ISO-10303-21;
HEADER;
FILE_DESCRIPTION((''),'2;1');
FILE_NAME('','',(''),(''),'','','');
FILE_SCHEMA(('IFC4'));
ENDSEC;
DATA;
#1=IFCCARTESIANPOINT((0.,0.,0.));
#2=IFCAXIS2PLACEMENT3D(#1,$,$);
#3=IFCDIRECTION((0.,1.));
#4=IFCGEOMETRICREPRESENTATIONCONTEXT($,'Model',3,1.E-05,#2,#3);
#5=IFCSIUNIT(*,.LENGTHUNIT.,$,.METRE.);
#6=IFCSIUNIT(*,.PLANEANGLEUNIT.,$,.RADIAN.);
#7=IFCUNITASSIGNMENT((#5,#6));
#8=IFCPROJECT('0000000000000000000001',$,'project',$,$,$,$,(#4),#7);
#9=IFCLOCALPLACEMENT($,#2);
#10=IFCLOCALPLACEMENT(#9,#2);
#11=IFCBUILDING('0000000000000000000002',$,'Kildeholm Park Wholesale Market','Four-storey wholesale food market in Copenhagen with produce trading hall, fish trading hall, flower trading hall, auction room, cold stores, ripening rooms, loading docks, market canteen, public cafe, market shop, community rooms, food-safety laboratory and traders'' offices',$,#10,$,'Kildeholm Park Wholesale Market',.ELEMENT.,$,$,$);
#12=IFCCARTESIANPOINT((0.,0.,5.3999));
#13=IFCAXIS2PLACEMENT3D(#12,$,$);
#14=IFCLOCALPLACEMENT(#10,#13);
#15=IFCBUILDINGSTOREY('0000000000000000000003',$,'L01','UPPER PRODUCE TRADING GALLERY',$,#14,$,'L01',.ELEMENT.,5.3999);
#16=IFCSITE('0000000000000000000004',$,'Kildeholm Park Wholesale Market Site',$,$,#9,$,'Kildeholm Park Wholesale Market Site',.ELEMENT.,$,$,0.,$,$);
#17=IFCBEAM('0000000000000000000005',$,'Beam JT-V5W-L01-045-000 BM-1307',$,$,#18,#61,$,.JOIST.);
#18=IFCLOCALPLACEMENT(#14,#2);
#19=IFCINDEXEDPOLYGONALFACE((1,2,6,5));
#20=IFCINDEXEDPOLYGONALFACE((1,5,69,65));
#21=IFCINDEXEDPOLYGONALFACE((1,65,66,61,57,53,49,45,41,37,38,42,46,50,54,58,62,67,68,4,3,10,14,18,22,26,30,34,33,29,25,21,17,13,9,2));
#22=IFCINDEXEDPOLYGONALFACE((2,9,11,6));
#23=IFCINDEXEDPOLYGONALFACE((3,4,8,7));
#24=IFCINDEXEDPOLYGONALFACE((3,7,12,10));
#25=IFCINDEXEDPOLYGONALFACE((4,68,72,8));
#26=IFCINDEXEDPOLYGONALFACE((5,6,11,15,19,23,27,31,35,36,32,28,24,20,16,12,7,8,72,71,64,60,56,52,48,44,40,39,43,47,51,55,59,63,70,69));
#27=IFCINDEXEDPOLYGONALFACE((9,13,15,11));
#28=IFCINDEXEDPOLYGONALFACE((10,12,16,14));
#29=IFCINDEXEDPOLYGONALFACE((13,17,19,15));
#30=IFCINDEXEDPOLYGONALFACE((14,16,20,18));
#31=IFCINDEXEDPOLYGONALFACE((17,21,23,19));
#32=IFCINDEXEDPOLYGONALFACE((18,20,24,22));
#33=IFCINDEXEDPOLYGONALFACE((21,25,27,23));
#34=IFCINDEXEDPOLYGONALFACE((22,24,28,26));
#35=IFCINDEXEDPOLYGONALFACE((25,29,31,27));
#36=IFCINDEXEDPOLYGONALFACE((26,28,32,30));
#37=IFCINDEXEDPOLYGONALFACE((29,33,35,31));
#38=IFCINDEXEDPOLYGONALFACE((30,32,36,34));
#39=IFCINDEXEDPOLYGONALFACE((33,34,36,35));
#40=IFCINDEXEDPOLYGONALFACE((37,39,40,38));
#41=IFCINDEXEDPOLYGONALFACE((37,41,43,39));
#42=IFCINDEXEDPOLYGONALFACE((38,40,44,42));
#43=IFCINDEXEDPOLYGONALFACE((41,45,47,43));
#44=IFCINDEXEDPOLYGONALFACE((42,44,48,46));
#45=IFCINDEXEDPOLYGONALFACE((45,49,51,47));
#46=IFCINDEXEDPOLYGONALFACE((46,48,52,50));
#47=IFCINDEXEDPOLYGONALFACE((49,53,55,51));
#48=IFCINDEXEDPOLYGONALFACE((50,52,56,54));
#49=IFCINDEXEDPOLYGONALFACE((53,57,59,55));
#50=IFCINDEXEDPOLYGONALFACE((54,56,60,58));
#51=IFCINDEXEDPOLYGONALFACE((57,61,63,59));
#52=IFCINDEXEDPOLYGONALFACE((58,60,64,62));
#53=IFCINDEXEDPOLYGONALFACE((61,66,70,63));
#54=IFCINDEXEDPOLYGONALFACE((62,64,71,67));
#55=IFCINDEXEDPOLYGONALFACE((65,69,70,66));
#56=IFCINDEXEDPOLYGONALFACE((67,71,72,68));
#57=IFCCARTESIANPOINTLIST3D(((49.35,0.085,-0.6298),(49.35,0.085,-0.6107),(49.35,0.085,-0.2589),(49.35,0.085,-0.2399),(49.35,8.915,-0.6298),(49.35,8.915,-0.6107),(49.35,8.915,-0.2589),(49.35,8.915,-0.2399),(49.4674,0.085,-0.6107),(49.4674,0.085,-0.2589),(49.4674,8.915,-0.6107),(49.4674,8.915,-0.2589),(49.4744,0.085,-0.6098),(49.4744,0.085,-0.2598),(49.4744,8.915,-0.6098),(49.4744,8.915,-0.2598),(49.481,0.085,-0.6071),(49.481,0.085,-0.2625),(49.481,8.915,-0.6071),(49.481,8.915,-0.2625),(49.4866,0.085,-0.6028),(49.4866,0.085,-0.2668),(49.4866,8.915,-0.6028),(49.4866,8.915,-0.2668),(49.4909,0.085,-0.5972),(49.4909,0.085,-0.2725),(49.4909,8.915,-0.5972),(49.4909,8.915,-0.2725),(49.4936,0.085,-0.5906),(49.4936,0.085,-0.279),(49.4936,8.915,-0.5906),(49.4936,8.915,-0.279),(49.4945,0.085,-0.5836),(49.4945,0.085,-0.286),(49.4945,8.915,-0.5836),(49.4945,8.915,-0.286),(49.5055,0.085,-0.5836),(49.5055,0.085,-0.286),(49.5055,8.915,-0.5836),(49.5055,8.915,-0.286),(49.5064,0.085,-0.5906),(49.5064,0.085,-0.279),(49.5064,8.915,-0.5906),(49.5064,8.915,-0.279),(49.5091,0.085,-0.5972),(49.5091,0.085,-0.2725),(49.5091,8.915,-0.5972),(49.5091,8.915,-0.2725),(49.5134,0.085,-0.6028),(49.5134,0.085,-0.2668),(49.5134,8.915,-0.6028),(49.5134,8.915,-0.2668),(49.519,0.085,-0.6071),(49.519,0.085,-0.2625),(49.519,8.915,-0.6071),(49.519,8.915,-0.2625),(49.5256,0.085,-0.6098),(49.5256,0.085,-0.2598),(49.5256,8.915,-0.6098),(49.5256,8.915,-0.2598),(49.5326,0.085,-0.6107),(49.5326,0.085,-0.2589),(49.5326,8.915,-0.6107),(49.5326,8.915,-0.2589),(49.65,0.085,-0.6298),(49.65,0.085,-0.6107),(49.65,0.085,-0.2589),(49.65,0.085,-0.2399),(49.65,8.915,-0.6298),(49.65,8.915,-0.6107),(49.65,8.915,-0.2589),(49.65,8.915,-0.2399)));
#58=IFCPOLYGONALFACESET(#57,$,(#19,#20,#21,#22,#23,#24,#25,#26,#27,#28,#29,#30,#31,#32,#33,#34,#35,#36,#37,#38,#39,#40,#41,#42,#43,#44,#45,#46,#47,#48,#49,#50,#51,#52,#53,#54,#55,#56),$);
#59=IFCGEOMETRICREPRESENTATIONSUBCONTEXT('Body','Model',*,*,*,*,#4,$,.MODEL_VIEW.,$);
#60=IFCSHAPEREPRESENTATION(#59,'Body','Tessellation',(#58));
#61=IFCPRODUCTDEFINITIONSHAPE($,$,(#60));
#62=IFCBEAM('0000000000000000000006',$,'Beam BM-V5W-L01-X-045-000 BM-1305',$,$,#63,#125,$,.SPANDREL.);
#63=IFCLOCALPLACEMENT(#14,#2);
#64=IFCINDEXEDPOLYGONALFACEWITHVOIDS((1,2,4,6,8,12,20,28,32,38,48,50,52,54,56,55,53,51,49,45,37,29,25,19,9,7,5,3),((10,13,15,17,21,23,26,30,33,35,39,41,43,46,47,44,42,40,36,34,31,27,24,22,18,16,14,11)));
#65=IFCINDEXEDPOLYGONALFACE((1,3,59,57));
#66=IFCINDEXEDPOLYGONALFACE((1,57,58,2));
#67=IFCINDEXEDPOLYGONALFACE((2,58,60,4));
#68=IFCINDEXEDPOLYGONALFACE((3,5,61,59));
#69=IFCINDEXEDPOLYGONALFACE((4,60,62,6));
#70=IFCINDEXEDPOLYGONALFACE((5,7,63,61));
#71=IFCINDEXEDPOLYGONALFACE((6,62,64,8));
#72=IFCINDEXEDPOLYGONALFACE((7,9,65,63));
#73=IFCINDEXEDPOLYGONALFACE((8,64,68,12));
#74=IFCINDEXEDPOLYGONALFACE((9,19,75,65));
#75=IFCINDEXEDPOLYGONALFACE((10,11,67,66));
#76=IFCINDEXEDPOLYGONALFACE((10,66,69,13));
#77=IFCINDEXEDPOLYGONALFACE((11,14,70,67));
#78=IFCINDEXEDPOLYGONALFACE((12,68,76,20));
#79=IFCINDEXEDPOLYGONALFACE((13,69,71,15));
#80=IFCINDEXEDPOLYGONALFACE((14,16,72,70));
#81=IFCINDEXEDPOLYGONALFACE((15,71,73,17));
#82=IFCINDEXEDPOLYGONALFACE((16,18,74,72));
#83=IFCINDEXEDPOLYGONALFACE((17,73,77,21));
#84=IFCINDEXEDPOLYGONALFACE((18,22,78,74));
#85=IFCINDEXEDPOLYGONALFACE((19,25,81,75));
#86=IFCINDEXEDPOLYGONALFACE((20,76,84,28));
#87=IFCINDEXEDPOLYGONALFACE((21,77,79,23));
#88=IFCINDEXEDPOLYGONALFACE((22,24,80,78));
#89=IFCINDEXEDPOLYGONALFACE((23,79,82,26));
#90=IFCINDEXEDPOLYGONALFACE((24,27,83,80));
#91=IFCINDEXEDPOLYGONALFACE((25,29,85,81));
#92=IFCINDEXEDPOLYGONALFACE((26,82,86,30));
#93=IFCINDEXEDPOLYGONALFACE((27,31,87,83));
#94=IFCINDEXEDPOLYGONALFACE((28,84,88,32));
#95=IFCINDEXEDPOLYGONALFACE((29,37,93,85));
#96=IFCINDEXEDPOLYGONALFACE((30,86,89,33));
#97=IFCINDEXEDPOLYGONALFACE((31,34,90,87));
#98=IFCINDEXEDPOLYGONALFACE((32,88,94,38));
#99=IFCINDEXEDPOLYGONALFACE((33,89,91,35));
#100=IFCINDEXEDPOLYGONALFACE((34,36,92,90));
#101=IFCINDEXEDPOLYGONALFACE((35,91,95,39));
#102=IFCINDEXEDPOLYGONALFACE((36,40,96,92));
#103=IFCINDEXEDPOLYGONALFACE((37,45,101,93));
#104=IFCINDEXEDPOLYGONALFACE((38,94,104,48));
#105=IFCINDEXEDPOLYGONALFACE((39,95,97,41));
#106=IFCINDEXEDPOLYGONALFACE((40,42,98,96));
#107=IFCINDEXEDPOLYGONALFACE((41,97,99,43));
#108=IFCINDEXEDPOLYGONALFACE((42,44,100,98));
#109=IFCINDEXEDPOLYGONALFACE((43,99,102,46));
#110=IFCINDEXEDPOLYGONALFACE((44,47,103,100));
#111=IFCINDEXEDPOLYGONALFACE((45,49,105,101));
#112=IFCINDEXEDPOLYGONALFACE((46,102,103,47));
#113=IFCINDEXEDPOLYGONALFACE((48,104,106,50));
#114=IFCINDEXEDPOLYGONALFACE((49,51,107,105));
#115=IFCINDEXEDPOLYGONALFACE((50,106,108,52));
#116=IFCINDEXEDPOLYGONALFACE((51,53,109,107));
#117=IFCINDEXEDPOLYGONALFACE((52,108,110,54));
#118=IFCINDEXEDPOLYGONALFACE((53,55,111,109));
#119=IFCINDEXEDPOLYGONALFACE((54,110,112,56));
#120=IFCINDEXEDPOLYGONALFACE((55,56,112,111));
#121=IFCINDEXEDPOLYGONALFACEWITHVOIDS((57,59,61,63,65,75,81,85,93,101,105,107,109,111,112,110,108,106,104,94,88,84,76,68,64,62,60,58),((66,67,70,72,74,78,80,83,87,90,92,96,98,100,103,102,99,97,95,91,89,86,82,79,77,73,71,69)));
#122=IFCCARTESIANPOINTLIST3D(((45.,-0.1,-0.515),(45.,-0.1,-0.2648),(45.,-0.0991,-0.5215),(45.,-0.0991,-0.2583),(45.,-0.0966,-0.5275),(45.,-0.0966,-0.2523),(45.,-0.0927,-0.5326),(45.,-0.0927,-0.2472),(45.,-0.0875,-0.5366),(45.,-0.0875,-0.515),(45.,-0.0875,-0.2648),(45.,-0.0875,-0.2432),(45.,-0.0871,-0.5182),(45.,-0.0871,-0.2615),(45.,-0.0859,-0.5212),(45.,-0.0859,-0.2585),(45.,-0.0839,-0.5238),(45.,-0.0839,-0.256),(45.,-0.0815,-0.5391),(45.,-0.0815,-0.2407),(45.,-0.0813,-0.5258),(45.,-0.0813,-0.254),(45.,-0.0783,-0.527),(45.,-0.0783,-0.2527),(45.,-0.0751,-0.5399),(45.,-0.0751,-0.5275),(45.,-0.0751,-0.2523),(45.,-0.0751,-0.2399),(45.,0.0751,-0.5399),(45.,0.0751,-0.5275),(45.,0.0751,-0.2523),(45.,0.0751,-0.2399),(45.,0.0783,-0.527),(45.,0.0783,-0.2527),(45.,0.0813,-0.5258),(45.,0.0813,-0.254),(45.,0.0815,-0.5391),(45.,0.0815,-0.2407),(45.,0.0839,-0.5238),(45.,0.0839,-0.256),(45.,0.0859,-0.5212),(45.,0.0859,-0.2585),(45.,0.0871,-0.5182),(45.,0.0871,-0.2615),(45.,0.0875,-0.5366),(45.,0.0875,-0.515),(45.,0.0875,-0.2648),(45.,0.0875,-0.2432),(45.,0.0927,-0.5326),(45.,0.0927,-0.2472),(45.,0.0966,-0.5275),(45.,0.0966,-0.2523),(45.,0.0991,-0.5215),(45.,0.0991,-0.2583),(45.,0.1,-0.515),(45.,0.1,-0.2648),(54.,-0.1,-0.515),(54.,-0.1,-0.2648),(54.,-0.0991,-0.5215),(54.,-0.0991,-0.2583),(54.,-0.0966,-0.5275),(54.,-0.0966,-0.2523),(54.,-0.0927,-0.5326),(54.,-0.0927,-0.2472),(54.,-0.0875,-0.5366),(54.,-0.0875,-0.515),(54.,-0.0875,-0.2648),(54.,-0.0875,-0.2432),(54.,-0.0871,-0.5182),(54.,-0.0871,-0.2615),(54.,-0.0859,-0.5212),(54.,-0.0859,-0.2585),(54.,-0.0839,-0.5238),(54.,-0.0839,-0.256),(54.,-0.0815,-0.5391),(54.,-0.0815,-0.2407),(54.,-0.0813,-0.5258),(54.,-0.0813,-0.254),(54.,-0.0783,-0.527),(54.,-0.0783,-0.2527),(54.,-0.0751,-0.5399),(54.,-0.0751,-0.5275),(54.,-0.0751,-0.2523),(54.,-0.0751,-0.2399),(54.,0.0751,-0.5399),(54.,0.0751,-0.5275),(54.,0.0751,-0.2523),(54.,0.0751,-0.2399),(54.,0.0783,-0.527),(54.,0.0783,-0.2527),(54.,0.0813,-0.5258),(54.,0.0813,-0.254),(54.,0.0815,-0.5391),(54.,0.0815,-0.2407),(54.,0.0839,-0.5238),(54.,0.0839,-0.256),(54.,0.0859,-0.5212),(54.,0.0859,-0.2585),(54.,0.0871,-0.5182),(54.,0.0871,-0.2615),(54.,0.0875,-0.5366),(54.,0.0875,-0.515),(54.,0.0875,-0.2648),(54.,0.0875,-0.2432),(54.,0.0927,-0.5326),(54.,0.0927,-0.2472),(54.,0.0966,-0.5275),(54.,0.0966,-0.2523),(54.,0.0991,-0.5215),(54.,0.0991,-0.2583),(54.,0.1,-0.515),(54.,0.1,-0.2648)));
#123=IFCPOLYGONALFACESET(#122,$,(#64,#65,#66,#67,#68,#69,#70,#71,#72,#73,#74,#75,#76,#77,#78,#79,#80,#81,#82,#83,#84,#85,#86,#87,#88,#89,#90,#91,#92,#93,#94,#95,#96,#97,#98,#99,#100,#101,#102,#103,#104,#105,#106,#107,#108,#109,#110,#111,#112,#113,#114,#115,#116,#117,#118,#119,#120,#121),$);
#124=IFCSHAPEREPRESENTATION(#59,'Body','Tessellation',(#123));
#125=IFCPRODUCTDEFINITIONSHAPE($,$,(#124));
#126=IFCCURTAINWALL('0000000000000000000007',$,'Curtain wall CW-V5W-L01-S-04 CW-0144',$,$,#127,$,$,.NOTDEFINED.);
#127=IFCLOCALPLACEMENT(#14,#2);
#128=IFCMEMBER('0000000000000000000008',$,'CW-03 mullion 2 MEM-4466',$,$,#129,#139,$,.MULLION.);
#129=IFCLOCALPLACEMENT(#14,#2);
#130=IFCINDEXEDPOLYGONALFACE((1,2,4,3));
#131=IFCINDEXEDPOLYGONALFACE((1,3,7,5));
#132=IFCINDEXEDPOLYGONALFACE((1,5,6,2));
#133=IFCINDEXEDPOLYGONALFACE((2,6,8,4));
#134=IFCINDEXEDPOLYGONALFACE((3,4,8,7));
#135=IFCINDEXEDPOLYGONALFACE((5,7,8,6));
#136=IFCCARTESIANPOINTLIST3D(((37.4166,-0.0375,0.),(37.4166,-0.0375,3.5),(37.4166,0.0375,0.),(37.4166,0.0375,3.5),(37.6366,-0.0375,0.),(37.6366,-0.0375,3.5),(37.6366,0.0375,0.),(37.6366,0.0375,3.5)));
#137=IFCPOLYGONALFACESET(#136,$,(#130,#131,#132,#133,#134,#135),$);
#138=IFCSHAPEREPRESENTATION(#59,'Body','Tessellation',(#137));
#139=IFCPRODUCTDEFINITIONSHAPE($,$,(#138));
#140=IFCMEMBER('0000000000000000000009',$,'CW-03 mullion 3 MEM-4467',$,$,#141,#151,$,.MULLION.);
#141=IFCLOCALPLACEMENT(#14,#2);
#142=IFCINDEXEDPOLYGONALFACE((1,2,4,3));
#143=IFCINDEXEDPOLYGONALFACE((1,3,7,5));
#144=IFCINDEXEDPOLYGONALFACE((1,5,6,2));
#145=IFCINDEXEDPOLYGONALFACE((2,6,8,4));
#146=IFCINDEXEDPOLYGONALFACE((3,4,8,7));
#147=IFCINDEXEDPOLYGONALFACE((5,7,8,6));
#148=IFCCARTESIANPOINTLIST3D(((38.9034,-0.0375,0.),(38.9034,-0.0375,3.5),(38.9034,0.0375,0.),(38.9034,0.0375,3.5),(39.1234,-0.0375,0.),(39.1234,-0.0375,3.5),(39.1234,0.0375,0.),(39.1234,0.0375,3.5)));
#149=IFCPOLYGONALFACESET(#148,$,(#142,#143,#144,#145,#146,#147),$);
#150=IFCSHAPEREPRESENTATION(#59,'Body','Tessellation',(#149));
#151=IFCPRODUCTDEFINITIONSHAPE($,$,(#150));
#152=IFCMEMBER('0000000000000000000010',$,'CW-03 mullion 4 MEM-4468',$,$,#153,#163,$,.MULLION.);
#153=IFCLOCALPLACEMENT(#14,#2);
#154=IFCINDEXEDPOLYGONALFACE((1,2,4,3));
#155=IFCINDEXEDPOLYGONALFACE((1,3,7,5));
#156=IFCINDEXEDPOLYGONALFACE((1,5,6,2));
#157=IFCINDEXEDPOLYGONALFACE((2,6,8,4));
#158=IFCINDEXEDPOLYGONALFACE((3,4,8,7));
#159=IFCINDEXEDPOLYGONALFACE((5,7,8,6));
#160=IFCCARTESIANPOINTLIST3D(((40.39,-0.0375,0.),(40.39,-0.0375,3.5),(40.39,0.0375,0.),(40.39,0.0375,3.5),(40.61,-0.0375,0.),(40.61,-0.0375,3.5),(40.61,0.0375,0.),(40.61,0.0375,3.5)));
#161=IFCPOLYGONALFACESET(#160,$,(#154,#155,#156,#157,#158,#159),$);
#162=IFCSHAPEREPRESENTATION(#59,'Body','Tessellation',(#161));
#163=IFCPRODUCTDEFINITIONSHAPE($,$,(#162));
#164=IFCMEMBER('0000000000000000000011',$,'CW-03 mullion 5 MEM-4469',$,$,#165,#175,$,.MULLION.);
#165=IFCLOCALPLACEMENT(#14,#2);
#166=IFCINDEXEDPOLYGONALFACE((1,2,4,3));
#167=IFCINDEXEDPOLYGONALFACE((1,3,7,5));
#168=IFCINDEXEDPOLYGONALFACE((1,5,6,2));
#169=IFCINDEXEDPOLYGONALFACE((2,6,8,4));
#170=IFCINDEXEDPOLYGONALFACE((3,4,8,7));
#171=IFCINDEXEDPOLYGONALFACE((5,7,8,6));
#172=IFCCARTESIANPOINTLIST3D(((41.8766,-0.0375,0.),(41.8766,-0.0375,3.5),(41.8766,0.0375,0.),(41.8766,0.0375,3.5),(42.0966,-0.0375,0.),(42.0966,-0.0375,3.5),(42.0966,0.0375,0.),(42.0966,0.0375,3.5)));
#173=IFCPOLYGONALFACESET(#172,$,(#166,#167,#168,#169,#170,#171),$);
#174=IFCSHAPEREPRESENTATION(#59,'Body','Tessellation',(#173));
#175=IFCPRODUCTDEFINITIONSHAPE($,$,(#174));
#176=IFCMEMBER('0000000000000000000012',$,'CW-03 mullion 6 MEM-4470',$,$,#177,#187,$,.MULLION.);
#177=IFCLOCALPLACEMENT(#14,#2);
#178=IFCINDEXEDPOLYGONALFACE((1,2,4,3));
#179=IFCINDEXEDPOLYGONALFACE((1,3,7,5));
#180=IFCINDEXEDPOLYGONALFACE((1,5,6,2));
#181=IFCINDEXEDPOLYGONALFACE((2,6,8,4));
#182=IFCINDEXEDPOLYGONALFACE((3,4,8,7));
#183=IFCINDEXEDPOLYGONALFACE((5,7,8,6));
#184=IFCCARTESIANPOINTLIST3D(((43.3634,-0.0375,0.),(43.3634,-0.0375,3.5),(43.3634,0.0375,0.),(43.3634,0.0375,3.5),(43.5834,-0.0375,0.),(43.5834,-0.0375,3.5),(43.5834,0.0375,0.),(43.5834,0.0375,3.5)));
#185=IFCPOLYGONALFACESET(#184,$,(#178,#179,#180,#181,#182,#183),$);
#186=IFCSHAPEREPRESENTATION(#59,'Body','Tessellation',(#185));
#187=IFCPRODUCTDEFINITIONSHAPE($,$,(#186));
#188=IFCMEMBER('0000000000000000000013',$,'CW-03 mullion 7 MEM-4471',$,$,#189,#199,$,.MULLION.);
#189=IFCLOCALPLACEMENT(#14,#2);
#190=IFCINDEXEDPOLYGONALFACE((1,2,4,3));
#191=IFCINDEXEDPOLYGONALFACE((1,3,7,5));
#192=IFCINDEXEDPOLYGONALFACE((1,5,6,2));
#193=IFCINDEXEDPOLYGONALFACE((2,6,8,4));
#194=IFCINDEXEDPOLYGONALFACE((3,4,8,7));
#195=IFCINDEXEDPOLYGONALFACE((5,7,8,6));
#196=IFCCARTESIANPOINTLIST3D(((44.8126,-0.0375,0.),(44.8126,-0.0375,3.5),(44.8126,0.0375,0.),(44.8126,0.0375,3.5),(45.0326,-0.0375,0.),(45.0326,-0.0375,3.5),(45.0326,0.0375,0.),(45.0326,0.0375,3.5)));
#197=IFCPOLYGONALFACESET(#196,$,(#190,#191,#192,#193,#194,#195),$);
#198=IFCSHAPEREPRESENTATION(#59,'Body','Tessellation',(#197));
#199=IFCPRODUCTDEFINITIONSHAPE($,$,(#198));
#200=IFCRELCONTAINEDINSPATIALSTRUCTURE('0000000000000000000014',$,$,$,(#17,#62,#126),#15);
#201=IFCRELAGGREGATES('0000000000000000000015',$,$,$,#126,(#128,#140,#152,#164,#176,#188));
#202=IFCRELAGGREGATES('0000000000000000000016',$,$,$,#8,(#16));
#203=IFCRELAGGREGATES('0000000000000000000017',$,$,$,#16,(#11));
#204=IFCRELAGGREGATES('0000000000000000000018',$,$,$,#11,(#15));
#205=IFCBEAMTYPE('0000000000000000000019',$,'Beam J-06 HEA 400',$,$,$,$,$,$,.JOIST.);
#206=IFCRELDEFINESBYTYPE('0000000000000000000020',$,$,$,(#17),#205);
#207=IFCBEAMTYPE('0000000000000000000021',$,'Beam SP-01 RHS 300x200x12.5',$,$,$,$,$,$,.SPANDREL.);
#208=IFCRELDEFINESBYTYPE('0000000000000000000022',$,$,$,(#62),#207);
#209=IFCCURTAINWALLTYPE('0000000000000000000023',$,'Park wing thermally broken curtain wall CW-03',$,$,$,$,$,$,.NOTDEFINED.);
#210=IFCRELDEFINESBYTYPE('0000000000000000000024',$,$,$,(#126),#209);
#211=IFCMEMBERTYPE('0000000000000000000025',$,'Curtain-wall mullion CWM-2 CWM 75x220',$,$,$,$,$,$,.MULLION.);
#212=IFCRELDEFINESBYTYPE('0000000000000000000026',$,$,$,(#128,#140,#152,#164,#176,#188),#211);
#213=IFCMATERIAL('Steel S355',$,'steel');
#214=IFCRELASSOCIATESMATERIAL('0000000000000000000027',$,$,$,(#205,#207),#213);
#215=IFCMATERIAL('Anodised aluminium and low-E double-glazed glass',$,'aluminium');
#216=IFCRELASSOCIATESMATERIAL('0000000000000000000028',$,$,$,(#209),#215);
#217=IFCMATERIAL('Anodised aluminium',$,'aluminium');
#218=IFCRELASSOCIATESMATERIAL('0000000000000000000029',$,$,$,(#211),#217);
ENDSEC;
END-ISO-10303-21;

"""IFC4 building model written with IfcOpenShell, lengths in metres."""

from ifc_helpers import new_model, si_unit, direction, frame, origin, origin_2d, place, context, subcontext, project, spatial, rectangle, hollow_rectangle, i_section, extrude, material, material_profile, profile_set, type_object, element, aggregate, save


model = new_model("IFC4")

# Units and contexts
model_context = context("Model", 3, precision=1e-05, world=origin(), true_north=direction((0.0, 1.0)))
body_context = subcontext(model_context, "Body", "Model", "MODEL_VIEW")
ifc_project = project(units=[si_unit("LENGTHUNIT", "METRE"), si_unit("PLANEANGLEUNIT", "RADIAN")], contexts=[model_context])

# Site, building, storey
site_placement = place(None, origin())
site = spatial("IfcSite", under=ifc_project, at=site_placement, Name="Kildeholm Park Wholesale Market Site", LongName="Kildeholm Park Wholesale Market Site", CompositionType="ELEMENT", RefElevation=0.0)
building_placement = place(site_placement, origin())
building = spatial("IfcBuilding", under=site, at=building_placement, Name="Kildeholm Park Wholesale Market", Description="Four-storey wholesale food market in Copenhagen with produce trading hall, fish trading hall, flower trading hall, auction room, cold stores, ripening rooms, loading docks, market canteen, public cafe, market shop, community rooms, food-safety laboratory and traders' offices", LongName="Kildeholm Park Wholesale Market", CompositionType="ELEMENT")
storey_placement = place(building_placement, frame((0.0, 0.0, 5.3999)))
storey = spatial("IfcBuildingStorey", under=building, at=storey_placement, Name="L01", Description="UPPER PRODUCE TRADING GALLERY", LongName="L01", CompositionType="ELEMENT", Elevation=5.3999)

# Shared definitions
ifc_material_1 = material(Name="Steel S355", Category="steel")

# Beams
ifc_material_profile_1 = material_profile(ifc_material_1, i_section(OverallWidth=0.3, OverallDepth=0.3899, WebThickness=0.011, FlangeThickness=0.019, FilletRadius=0.0271, at=origin_2d()), Name="HEA 400")
ifc_profile_set_1 = profile_set([ifc_material_profile_1], Name="Steel S355")
beam_type_1 = type_object("IfcBeamType", Name="Beam J-06 HEA 400", PredefinedType="JOIST", material=ifc_profile_set_1)
beam_1_placement = place(storey_placement, frame((49.5, 0.085, -0.4348), z_axis=(0.0, 1.0, 0.0), x_axis=(-1.0, 0.0, 0.0)))
element("IfcBeam", 1, at=beam_1_placement, inside=storey, type_object=beam_type_1, Name="Beam JT-V5W-L01-045-000 BM-1307", PredefinedType="JOIST", context=body_context, shape_type="SweptSolid", body=[
    extrude(i_section(OverallWidth=0.3, OverallDepth=0.3899, WebThickness=0.011, FlangeThickness=0.019, FilletRadius=0.0271, at=origin_2d()), origin(), (0.0, 0.0, 1.0), 8.8301),
])
ifc_material_profile_2 = material_profile(ifc_material_1, hollow_rectangle(XDim=0.2, YDim=0.3, WallThickness=0.0125, InnerFilletRadius=0.0125, OuterFilletRadius=0.0249, at=origin_2d()), Name="RHS 300x200x12.5")
ifc_profile_set_2 = profile_set([ifc_material_profile_2], Name="Steel S355")
beam_type_2 = type_object("IfcBeamType", Name="Beam SP-01 RHS 300x200x12.5", PredefinedType="SPANDREL", material=ifc_profile_set_2)
beam_2_placement = place(storey_placement, frame((45.0, 0.0, -0.3899), z_axis=(1.0, 0.0, 0.0), x_axis=(0.0, 1.0, 0.0)))
element("IfcBeam", 2, at=beam_2_placement, inside=storey, type_object=beam_type_2, Name="Beam BM-V5W-L01-X-045-000 BM-1305", PredefinedType="SPANDREL", context=body_context, shape_type="SweptSolid", body=[
    extrude(hollow_rectangle(XDim=0.2, YDim=0.3, WallThickness=0.0125, InnerFilletRadius=0.0125, OuterFilletRadius=0.0249, at=origin_2d()), origin(), (0.0, 0.0, 1.0), 9.0),
])

# Curtain wall, members
ifc_material_2 = material(Name="Anodised aluminium and low-E double-glazed glass", Category="aluminium")
curtain_wall_type = type_object("IfcCurtainWallType", Name="Park wing thermally broken curtain wall CW-03", PredefinedType="NOTDEFINED", material=ifc_material_2)
curtain_wall_placement = place(storey_placement, origin())
curtain_wall = element("IfcCurtainWall", 3, at=curtain_wall_placement, inside=storey, type_object=curtain_wall_type, Name="Curtain wall CW-V5W-L01-S-04 CW-0144", PredefinedType="NOTDEFINED")
ifc_material_3 = material(Name="Anodised aluminium", Category="aluminium")
ifc_material_profile_3 = material_profile(ifc_material_3, rectangle(XDim=0.075, YDim=0.22, at=origin_2d()), Name="CWM 75x220")
ifc_profile_set_3 = profile_set([ifc_material_profile_3], Name="Anodised aluminium")
member_type_1 = type_object("IfcMemberType", Name="Curtain-wall mullion CWM-2 CWM 75x220", PredefinedType="MULLION", material=ifc_profile_set_3)
member_1_placement = place(storey_placement, frame((37.5266, 0.0, 0.0), z_axis=(0.0, 0.0, 1.0), x_axis=(0.0, 1.0, 0.0)))
member_1 = element("IfcMember", 4, at=member_1_placement, type_object=member_type_1, Name="CW-03 mullion 2 MEM-4466", PredefinedType="MULLION", context=body_context, shape_type="SweptSolid", body=[
    extrude(rectangle(XDim=0.075, YDim=0.22, at=origin_2d()), origin(), (0.0, 0.0, 1.0), 3.5),
])
member_2_placement = place(storey_placement, frame((39.0134, 0.0, 0.0), z_axis=(0.0, 0.0, 1.0), x_axis=(0.0, 1.0, 0.0)))
member_2 = element("IfcMember", 5, at=member_2_placement, type_object=member_type_1, Name="CW-03 mullion 3 MEM-4467", PredefinedType="MULLION", context=body_context, shape_type="SweptSolid", body=[
    extrude(rectangle(XDim=0.075, YDim=0.22, at=origin_2d()), origin(), (0.0, 0.0, 1.0), 3.5),
])
member_3_placement = place(storey_placement, frame((40.5, 0.0, 0.0), z_axis=(0.0, 0.0, 1.0), x_axis=(0.0, 1.0, 0.0)))
member_3 = element("IfcMember", 6, at=member_3_placement, type_object=member_type_1, Name="CW-03 mullion 4 MEM-4468", PredefinedType="MULLION", context=body_context, shape_type="SweptSolid", body=[
    extrude(rectangle(XDim=0.075, YDim=0.22, at=origin_2d()), origin(), (0.0, 0.0, 1.0), 3.5),
])
member_4_placement = place(storey_placement, frame((41.9866, 0.0, 0.0), z_axis=(0.0, 0.0, 1.0), x_axis=(0.0, 1.0, 0.0)))
member_4 = element("IfcMember", 7, at=member_4_placement, type_object=member_type_1, Name="CW-03 mullion 5 MEM-4469", PredefinedType="MULLION", context=body_context, shape_type="SweptSolid", body=[
    extrude(rectangle(XDim=0.075, YDim=0.22, at=origin_2d()), origin(), (0.0, 0.0, 1.0), 3.5),
])
member_5_placement = place(storey_placement, frame((43.4734, 0.0, 0.0), z_axis=(0.0, 0.0, 1.0), x_axis=(0.0, 1.0, 0.0)))
member_5 = element("IfcMember", 8, at=member_5_placement, type_object=member_type_1, Name="CW-03 mullion 6 MEM-4470", PredefinedType="MULLION", context=body_context, shape_type="SweptSolid", body=[
    extrude(rectangle(XDim=0.075, YDim=0.22, at=origin_2d()), origin(), (0.0, 0.0, 1.0), 3.5),
])
member_6_placement = place(storey_placement, frame((44.9226, 0.0, 0.0), z_axis=(0.0, 0.0, 1.0), x_axis=(0.0, 1.0, 0.0)))
member_6 = element("IfcMember", 9, at=member_6_placement, type_object=member_type_1, Name="CW-03 mullion 7 MEM-4471", PredefinedType="MULLION", context=body_context, shape_type="SweptSolid", body=[
    extrude(rectangle(XDim=0.075, YDim=0.22, at=origin_2d()), origin(), (0.0, 0.0, 1.0), 3.5),
])
aggregate(curtain_wall, [member_1, member_2, member_3, member_4, member_5, member_6])

save(model, "model.ifc")
